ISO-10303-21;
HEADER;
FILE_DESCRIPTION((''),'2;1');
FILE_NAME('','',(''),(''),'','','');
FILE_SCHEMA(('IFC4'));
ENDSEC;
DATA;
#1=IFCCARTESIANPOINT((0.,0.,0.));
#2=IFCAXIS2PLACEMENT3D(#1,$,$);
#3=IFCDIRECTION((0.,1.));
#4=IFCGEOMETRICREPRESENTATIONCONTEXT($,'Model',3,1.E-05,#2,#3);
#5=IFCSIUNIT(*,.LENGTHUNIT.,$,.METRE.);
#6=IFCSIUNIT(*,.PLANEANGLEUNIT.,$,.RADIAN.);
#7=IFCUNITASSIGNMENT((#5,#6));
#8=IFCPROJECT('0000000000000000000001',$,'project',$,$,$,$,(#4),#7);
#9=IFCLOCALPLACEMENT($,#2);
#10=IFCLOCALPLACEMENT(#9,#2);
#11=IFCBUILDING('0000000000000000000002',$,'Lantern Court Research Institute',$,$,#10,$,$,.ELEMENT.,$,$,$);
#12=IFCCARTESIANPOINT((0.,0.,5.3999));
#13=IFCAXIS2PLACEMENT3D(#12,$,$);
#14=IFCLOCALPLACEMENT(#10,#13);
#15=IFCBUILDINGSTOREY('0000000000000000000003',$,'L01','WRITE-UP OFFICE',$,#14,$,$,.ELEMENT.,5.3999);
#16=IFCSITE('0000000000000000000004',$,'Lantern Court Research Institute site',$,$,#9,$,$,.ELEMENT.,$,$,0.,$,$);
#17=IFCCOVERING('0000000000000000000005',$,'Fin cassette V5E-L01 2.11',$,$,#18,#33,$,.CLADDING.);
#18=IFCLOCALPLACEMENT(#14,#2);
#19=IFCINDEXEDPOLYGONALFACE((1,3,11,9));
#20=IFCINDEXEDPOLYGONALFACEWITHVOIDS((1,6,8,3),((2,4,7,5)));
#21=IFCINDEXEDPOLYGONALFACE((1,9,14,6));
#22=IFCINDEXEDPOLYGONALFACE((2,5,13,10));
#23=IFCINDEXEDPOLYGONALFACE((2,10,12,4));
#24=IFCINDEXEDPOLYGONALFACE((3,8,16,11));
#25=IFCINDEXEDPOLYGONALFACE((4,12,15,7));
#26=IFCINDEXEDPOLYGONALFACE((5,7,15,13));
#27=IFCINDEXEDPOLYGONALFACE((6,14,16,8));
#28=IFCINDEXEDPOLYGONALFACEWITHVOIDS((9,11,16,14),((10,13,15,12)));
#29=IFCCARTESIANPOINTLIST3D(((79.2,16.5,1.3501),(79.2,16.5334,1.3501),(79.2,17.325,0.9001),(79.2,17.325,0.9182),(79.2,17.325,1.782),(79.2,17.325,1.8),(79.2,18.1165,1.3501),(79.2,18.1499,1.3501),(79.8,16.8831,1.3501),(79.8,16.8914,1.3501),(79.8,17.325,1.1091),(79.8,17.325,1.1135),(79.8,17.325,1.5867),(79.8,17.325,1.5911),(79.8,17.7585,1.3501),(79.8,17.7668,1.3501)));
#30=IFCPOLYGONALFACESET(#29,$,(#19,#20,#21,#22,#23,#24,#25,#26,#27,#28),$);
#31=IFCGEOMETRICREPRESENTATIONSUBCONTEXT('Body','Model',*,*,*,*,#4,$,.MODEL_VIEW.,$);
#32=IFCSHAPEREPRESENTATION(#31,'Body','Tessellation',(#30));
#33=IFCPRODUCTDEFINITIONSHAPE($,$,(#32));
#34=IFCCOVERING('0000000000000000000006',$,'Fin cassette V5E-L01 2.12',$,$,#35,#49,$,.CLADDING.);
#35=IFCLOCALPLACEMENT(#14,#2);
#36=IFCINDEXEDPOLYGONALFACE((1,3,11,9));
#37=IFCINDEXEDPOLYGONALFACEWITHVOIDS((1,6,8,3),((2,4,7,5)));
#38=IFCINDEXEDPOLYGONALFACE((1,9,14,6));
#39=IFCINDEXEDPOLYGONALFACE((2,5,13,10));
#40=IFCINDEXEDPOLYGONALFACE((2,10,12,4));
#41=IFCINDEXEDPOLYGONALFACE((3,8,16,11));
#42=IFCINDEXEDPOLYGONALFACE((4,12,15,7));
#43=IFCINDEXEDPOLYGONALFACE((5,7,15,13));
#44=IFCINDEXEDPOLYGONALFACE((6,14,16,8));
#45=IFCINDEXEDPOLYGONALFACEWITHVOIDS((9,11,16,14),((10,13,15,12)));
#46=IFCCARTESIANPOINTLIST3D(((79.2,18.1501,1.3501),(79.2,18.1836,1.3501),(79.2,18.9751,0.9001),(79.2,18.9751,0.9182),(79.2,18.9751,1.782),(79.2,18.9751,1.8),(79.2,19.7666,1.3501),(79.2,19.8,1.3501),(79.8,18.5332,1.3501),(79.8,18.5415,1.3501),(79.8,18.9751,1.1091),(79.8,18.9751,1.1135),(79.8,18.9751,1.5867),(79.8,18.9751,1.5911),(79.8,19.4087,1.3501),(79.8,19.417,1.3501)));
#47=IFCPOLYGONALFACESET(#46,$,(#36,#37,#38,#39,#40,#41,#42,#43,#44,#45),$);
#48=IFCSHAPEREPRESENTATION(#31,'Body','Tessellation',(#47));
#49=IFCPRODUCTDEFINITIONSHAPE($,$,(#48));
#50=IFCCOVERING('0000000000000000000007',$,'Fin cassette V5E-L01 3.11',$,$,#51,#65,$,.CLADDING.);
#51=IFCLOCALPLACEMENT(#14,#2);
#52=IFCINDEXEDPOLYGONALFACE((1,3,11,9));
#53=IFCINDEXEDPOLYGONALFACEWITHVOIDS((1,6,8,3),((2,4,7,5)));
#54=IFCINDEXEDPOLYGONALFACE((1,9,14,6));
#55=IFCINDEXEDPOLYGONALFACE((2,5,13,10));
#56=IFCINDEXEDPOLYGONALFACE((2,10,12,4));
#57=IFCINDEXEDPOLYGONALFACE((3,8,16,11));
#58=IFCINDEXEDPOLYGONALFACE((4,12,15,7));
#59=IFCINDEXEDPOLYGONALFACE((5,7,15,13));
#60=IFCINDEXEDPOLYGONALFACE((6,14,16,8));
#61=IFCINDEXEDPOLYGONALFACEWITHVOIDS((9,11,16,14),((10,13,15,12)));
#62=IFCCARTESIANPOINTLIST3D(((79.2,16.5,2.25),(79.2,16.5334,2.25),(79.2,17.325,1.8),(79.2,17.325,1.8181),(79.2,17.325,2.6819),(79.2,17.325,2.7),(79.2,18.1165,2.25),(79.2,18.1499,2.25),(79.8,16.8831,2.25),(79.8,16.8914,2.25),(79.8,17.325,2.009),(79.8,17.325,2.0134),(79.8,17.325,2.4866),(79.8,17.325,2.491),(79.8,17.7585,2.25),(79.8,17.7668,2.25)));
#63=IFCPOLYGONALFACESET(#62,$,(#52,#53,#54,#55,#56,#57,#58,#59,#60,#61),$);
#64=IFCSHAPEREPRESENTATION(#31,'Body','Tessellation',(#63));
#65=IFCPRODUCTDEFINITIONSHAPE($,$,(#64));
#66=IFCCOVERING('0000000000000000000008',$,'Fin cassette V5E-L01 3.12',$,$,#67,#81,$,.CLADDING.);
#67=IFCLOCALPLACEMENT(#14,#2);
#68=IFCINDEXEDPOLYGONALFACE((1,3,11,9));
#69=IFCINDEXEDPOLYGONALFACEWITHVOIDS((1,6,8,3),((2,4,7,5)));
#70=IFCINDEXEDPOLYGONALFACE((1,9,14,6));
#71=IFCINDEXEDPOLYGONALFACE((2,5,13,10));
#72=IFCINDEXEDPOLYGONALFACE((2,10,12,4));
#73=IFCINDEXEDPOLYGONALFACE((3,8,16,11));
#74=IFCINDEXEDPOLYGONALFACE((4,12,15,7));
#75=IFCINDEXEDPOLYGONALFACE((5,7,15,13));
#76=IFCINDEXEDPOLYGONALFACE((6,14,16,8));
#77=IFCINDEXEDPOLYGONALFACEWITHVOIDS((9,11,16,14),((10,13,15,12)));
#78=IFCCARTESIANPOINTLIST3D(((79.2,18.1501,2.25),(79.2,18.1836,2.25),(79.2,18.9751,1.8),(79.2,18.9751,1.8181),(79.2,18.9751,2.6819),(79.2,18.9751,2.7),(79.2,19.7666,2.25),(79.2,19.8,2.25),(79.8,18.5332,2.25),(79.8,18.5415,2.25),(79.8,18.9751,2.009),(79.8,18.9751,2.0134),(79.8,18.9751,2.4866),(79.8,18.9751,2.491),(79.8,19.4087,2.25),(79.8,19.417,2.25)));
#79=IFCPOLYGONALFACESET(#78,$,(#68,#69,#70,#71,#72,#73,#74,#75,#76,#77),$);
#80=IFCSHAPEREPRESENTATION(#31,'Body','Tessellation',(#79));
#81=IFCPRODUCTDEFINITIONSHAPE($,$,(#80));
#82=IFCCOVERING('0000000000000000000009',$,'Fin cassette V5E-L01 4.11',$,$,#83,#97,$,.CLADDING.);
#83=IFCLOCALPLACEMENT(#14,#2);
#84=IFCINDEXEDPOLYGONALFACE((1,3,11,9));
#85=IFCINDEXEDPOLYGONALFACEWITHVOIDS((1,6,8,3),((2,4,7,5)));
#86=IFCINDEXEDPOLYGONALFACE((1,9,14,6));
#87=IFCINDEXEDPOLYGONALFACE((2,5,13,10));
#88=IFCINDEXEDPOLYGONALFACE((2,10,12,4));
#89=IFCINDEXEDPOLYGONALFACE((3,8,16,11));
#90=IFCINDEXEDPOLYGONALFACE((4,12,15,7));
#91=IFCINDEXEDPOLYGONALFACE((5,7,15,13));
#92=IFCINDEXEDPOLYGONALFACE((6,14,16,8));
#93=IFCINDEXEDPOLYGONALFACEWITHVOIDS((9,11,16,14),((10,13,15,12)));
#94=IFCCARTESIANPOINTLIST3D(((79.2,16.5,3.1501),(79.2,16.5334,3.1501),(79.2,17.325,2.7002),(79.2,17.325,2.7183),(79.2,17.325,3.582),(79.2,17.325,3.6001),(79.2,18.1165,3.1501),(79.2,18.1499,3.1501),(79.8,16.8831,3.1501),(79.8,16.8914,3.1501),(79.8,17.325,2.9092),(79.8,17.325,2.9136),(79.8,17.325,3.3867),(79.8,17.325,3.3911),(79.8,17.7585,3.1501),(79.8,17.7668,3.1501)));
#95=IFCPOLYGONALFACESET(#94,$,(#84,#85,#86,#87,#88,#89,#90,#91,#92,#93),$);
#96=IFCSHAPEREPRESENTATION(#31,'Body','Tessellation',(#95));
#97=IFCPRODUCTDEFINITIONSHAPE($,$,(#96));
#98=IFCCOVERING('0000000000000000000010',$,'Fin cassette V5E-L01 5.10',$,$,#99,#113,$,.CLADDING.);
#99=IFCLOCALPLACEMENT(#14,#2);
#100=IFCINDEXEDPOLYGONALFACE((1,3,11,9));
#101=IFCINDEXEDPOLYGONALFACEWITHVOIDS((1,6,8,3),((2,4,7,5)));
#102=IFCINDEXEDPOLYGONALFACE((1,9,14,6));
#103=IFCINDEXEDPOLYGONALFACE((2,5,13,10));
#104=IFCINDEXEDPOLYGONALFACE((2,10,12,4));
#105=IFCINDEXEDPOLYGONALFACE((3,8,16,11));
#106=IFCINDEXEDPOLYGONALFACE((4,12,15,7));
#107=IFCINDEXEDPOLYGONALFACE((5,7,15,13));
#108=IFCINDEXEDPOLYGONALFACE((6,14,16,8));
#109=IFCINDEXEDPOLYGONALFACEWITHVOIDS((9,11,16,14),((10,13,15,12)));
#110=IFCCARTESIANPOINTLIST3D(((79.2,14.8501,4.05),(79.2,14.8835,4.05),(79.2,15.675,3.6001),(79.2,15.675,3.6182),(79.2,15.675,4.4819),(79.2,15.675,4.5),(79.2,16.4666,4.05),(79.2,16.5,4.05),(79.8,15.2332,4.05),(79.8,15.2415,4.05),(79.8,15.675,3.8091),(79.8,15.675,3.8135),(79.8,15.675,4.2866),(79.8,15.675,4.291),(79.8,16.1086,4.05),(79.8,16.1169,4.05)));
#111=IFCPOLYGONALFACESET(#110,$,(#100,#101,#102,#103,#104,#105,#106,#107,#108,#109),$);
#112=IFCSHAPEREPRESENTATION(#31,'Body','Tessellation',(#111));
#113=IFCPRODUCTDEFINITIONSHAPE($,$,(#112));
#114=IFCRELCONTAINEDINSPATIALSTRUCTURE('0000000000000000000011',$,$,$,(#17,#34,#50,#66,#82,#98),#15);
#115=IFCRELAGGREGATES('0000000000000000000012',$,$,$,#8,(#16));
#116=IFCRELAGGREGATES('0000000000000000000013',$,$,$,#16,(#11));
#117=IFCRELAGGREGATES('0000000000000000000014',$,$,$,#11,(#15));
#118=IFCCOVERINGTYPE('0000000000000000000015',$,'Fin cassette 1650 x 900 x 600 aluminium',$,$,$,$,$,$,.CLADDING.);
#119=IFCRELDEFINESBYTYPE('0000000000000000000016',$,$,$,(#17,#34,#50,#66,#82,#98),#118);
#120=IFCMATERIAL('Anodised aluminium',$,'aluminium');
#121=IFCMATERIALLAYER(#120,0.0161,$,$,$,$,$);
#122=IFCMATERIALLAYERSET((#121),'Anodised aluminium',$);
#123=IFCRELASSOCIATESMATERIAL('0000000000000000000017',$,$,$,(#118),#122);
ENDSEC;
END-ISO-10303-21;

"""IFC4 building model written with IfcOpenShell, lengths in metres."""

from ifc_helpers import new_model, entity, si_unit, direction, frame, origin, place, context, subcontext, project, spatial, material, layer, layer_set, type_object, element, save


model = new_model("IFC4")

# Units and contexts
model_context = context("Model", 3, precision=1e-05, world=origin(), true_north=direction((0.0, 1.0)))
body_context = subcontext(model_context, "Body", "Model", "MODEL_VIEW")
ifc_project = project(units=[si_unit("LENGTHUNIT", "METRE"), si_unit("PLANEANGLEUNIT", "RADIAN")], contexts=[model_context])

# Site, building, storey
site_placement = place(None, origin())
site = spatial("IfcSite", under=ifc_project, at=site_placement, Name="Lantern Court Research Institute site", CompositionType="ELEMENT", RefElevation=0.0)
building_placement = place(site_placement, origin())
building = spatial("IfcBuilding", under=site, at=building_placement, Name="Lantern Court Research Institute", CompositionType="ELEMENT")
storey_placement = place(building_placement, frame((0.0, 0.0, 5.3999)))
storey = spatial("IfcBuildingStorey", under=building, at=storey_placement, Name="L01", Description="WRITE-UP OFFICE", CompositionType="ELEMENT", Elevation=5.3999)

# Coverings
ifc_material_1 = material(Name="Anodised aluminium", Category="aluminium")
ifc_layer_1 = layer(ifc_material_1, 0.0161)
ifc_layer_set_1 = layer_set([ifc_layer_1], Name="Anodised aluminium")
covering_type = type_object("IfcCoveringType", Name="Fin cassette 1650 x 900 x 600 aluminium", PredefinedType="CLADDING", material=ifc_layer_set_1)
covering_1_placement = place(storey_placement, frame((79.2, 17.325, 1.3501), z_axis=(1.0, 0.0, 0.0), x_axis=(0.0, 1.0, 0.0)))
cartesian_point_1 = entity("IfcCartesianPoint", [0.825, 0.0])
cartesian_point_2 = entity("IfcCartesianPoint", [0.7915, 0.0])
cartesian_point_3 = entity("IfcCartesianPoint", [0.4419, 0.0])
cartesian_point_4 = entity("IfcCartesianPoint", [0.4336, 0.0])
element("IfcCovering", 1, at=covering_1_placement, inside=storey, type_object=covering_type, Name="Fin cassette V5E-L01 2.11", PredefinedType="CLADDING", context=body_context, shape_type="SweptSolid", body=[
    entity("IfcExtrudedAreaSolidTapered", entity("IfcArbitraryProfileDefWithVoids", "AREA", None, entity("IfcPolyline", [cartesian_point_1, entity("IfcCartesianPoint", [0.0, 0.45]), entity("IfcCartesianPoint", [-0.825, 0.0]), entity("IfcCartesianPoint", [0.0, -0.45]), cartesian_point_1]), [entity("IfcPolyline", [cartesian_point_2, entity("IfcCartesianPoint", [0.0, 0.4319]), entity("IfcCartesianPoint", [-0.7915, 0.0]), entity("IfcCartesianPoint", [0.0, -0.4319]), cartesian_point_2])]), entity("IfcAxis2Placement3D", entity("IfcCartesianPoint", [0.0, 0.0, 0.0])), entity("IfcDirection", [0.0, 0.0, 1.0]), 0.6001, entity("IfcArbitraryProfileDefWithVoids", "AREA", None, entity("IfcPolyline", [cartesian_point_3, entity("IfcCartesianPoint", [0.0, 0.241]), entity("IfcCartesianPoint", [-0.4419, 0.0]), entity("IfcCartesianPoint", [0.0, -0.241]), cartesian_point_3]), [entity("IfcPolyline", [cartesian_point_4, entity("IfcCartesianPoint", [0.0, 0.2366]), entity("IfcCartesianPoint", [-0.4336, 0.0]), entity("IfcCartesianPoint", [0.0, -0.2366]), cartesian_point_4])])),
])
covering_2_placement = place(storey_placement, frame((79.2, 18.9751, 1.3501), z_axis=(1.0, 0.0, 0.0), x_axis=(0.0, 1.0, 0.0)))
cartesian_point_5 = entity("IfcCartesianPoint", [0.825, 0.0])
cartesian_point_6 = entity("IfcCartesianPoint", [0.7915, 0.0])
cartesian_point_7 = entity("IfcCartesianPoint", [0.4419, 0.0])
cartesian_point_8 = entity("IfcCartesianPoint", [0.4336, 0.0])
element("IfcCovering", 2, at=covering_2_placement, inside=storey, type_object=covering_type, Name="Fin cassette V5E-L01 2.12", PredefinedType="CLADDING", context=body_context, shape_type="SweptSolid", body=[
    entity("IfcExtrudedAreaSolidTapered", entity("IfcArbitraryProfileDefWithVoids", "AREA", None, entity("IfcPolyline", [cartesian_point_5, entity("IfcCartesianPoint", [0.0, 0.45]), entity("IfcCartesianPoint", [-0.825, 0.0]), entity("IfcCartesianPoint", [0.0, -0.45]), cartesian_point_5]), [entity("IfcPolyline", [cartesian_point_6, entity("IfcCartesianPoint", [0.0, 0.4319]), entity("IfcCartesianPoint", [-0.7915, 0.0]), entity("IfcCartesianPoint", [0.0, -0.4319]), cartesian_point_6])]), entity("IfcAxis2Placement3D", entity("IfcCartesianPoint", [0.0, 0.0, 0.0])), entity("IfcDirection", [0.0, 0.0, 1.0]), 0.6001, entity("IfcArbitraryProfileDefWithVoids", "AREA", None, entity("IfcPolyline", [cartesian_point_7, entity("IfcCartesianPoint", [0.0, 0.241]), entity("IfcCartesianPoint", [-0.4419, 0.0]), entity("IfcCartesianPoint", [0.0, -0.241]), cartesian_point_7]), [entity("IfcPolyline", [cartesian_point_8, entity("IfcCartesianPoint", [0.0, 0.2366]), entity("IfcCartesianPoint", [-0.4336, 0.0]), entity("IfcCartesianPoint", [0.0, -0.2366]), cartesian_point_8])])),
])
covering_3_placement = place(storey_placement, frame((79.2, 17.325, 2.25), z_axis=(1.0, 0.0, 0.0), x_axis=(0.0, 1.0, 0.0)))
cartesian_point_9 = entity("IfcCartesianPoint", [0.825, 0.0])
cartesian_point_10 = entity("IfcCartesianPoint", [0.7915, 0.0])
cartesian_point_11 = entity("IfcCartesianPoint", [0.4419, 0.0])
cartesian_point_12 = entity("IfcCartesianPoint", [0.4336, 0.0])
element("IfcCovering", 3, at=covering_3_placement, inside=storey, type_object=covering_type, Name="Fin cassette V5E-L01 3.11", PredefinedType="CLADDING", context=body_context, shape_type="SweptSolid", body=[
    entity("IfcExtrudedAreaSolidTapered", entity("IfcArbitraryProfileDefWithVoids", "AREA", None, entity("IfcPolyline", [cartesian_point_9, entity("IfcCartesianPoint", [0.0, 0.45]), entity("IfcCartesianPoint", [-0.825, 0.0]), entity("IfcCartesianPoint", [0.0, -0.45]), cartesian_point_9]), [entity("IfcPolyline", [cartesian_point_10, entity("IfcCartesianPoint", [0.0, 0.4319]), entity("IfcCartesianPoint", [-0.7915, 0.0]), entity("IfcCartesianPoint", [0.0, -0.4319]), cartesian_point_10])]), entity("IfcAxis2Placement3D", entity("IfcCartesianPoint", [0.0, 0.0, 0.0])), entity("IfcDirection", [0.0, 0.0, 1.0]), 0.6001, entity("IfcArbitraryProfileDefWithVoids", "AREA", None, entity("IfcPolyline", [cartesian_point_11, entity("IfcCartesianPoint", [0.0, 0.241]), entity("IfcCartesianPoint", [-0.4419, 0.0]), entity("IfcCartesianPoint", [0.0, -0.241]), cartesian_point_11]), [entity("IfcPolyline", [cartesian_point_12, entity("IfcCartesianPoint", [0.0, 0.2366]), entity("IfcCartesianPoint", [-0.4336, 0.0]), entity("IfcCartesianPoint", [0.0, -0.2366]), cartesian_point_12])])),
])
covering_4_placement = place(storey_placement, frame((79.2, 18.9751, 2.25), z_axis=(1.0, 0.0, 0.0), x_axis=(0.0, 1.0, 0.0)))
cartesian_point_13 = entity("IfcCartesianPoint", [0.825, 0.0])
cartesian_point_14 = entity("IfcCartesianPoint", [0.7915, 0.0])
cartesian_point_15 = entity("IfcCartesianPoint", [0.4419, 0.0])
cartesian_point_16 = entity("IfcCartesianPoint", [0.4336, 0.0])
element("IfcCovering", 4, at=covering_4_placement, inside=storey, type_object=covering_type, Name="Fin cassette V5E-L01 3.12", PredefinedType="CLADDING", context=body_context, shape_type="SweptSolid", body=[
    entity("IfcExtrudedAreaSolidTapered", entity("IfcArbitraryProfileDefWithVoids", "AREA", None, entity("IfcPolyline", [cartesian_point_13, entity("IfcCartesianPoint", [0.0, 0.45]), entity("IfcCartesianPoint", [-0.825, 0.0]), entity("IfcCartesianPoint", [0.0, -0.45]), cartesian_point_13]), [entity("IfcPolyline", [cartesian_point_14, entity("IfcCartesianPoint", [0.0, 0.4319]), entity("IfcCartesianPoint", [-0.7915, 0.0]), entity("IfcCartesianPoint", [0.0, -0.4319]), cartesian_point_14])]), entity("IfcAxis2Placement3D", entity("IfcCartesianPoint", [0.0, 0.0, 0.0])), entity("IfcDirection", [0.0, 0.0, 1.0]), 0.6001, entity("IfcArbitraryProfileDefWithVoids", "AREA", None, entity("IfcPolyline", [cartesian_point_15, entity("IfcCartesianPoint", [0.0, 0.241]), entity("IfcCartesianPoint", [-0.4419, 0.0]), entity("IfcCartesianPoint", [0.0, -0.241]), cartesian_point_15]), [entity("IfcPolyline", [cartesian_point_16, entity("IfcCartesianPoint", [0.0, 0.2366]), entity("IfcCartesianPoint", [-0.4336, 0.0]), entity("IfcCartesianPoint", [0.0, -0.2366]), cartesian_point_16])])),
])
covering_5_placement = place(storey_placement, frame((79.2, 17.325, 3.1501), z_axis=(1.0, 0.0, 0.0), x_axis=(0.0, 1.0, 0.0)))
cartesian_point_17 = entity("IfcCartesianPoint", [0.825, 0.0])
cartesian_point_18 = entity("IfcCartesianPoint", [0.7915, 0.0])
cartesian_point_19 = entity("IfcCartesianPoint", [0.4419, 0.0])
cartesian_point_20 = entity("IfcCartesianPoint", [0.4336, 0.0])
element("IfcCovering", 5, at=covering_5_placement, inside=storey, type_object=covering_type, Name="Fin cassette V5E-L01 4.11", PredefinedType="CLADDING", context=body_context, shape_type="SweptSolid", body=[
    entity("IfcExtrudedAreaSolidTapered", entity("IfcArbitraryProfileDefWithVoids", "AREA", None, entity("IfcPolyline", [cartesian_point_17, entity("IfcCartesianPoint", [0.0, 0.45]), entity("IfcCartesianPoint", [-0.825, 0.0]), entity("IfcCartesianPoint", [0.0, -0.45]), cartesian_point_17]), [entity("IfcPolyline", [cartesian_point_18, entity("IfcCartesianPoint", [0.0, 0.4319]), entity("IfcCartesianPoint", [-0.7915, 0.0]), entity("IfcCartesianPoint", [0.0, -0.4319]), cartesian_point_18])]), entity("IfcAxis2Placement3D", entity("IfcCartesianPoint", [0.0, 0.0, 0.0])), entity("IfcDirection", [0.0, 0.0, 1.0]), 0.6001, entity("IfcArbitraryProfileDefWithVoids", "AREA", None, entity("IfcPolyline", [cartesian_point_19, entity("IfcCartesianPoint", [0.0, 0.241]), entity("IfcCartesianPoint", [-0.4419, 0.0]), entity("IfcCartesianPoint", [0.0, -0.241]), cartesian_point_19]), [entity("IfcPolyline", [cartesian_point_20, entity("IfcCartesianPoint", [0.0, 0.2366]), entity("IfcCartesianPoint", [-0.4336, 0.0]), entity("IfcCartesianPoint", [0.0, -0.2366]), cartesian_point_20])])),
])
covering_6_placement = place(storey_placement, frame((79.2, 15.675, 4.05), z_axis=(1.0, 0.0, 0.0), x_axis=(0.0, 1.0, 0.0)))
cartesian_point_21 = entity("IfcCartesianPoint", [0.825, 0.0])
cartesian_point_22 = entity("IfcCartesianPoint", [0.7915, 0.0])
cartesian_point_23 = entity("IfcCartesianPoint", [0.4419, 0.0])
cartesian_point_24 = entity("IfcCartesianPoint", [0.4336, 0.0])
element("IfcCovering", 6, at=covering_6_placement, inside=storey, type_object=covering_type, Name="Fin cassette V5E-L01 5.10", PredefinedType="CLADDING", context=body_context, shape_type="SweptSolid", body=[
    entity("IfcExtrudedAreaSolidTapered", entity("IfcArbitraryProfileDefWithVoids", "AREA", None, entity("IfcPolyline", [cartesian_point_21, entity("IfcCartesianPoint", [0.0, 0.45]), entity("IfcCartesianPoint", [-0.825, 0.0]), entity("IfcCartesianPoint", [0.0, -0.45]), cartesian_point_21]), [entity("IfcPolyline", [cartesian_point_22, entity("IfcCartesianPoint", [0.0, 0.4319]), entity("IfcCartesianPoint", [-0.7915, 0.0]), entity("IfcCartesianPoint", [0.0, -0.4319]), cartesian_point_22])]), entity("IfcAxis2Placement3D", entity("IfcCartesianPoint", [0.0, 0.0, 0.0])), entity("IfcDirection", [0.0, 0.0, 1.0]), 0.6001, entity("IfcArbitraryProfileDefWithVoids", "AREA", None, entity("IfcPolyline", [cartesian_point_23, entity("IfcCartesianPoint", [0.0, 0.241]), entity("IfcCartesianPoint", [-0.4419, 0.0]), entity("IfcCartesianPoint", [0.0, -0.241]), cartesian_point_23]), [entity("IfcPolyline", [cartesian_point_24, entity("IfcCartesianPoint", [0.0, 0.2366]), entity("IfcCartesianPoint", [-0.4336, 0.0]), entity("IfcCartesianPoint", [0.0, -0.2366]), cartesian_point_24])])),
])

save(model, "model.ifc")
